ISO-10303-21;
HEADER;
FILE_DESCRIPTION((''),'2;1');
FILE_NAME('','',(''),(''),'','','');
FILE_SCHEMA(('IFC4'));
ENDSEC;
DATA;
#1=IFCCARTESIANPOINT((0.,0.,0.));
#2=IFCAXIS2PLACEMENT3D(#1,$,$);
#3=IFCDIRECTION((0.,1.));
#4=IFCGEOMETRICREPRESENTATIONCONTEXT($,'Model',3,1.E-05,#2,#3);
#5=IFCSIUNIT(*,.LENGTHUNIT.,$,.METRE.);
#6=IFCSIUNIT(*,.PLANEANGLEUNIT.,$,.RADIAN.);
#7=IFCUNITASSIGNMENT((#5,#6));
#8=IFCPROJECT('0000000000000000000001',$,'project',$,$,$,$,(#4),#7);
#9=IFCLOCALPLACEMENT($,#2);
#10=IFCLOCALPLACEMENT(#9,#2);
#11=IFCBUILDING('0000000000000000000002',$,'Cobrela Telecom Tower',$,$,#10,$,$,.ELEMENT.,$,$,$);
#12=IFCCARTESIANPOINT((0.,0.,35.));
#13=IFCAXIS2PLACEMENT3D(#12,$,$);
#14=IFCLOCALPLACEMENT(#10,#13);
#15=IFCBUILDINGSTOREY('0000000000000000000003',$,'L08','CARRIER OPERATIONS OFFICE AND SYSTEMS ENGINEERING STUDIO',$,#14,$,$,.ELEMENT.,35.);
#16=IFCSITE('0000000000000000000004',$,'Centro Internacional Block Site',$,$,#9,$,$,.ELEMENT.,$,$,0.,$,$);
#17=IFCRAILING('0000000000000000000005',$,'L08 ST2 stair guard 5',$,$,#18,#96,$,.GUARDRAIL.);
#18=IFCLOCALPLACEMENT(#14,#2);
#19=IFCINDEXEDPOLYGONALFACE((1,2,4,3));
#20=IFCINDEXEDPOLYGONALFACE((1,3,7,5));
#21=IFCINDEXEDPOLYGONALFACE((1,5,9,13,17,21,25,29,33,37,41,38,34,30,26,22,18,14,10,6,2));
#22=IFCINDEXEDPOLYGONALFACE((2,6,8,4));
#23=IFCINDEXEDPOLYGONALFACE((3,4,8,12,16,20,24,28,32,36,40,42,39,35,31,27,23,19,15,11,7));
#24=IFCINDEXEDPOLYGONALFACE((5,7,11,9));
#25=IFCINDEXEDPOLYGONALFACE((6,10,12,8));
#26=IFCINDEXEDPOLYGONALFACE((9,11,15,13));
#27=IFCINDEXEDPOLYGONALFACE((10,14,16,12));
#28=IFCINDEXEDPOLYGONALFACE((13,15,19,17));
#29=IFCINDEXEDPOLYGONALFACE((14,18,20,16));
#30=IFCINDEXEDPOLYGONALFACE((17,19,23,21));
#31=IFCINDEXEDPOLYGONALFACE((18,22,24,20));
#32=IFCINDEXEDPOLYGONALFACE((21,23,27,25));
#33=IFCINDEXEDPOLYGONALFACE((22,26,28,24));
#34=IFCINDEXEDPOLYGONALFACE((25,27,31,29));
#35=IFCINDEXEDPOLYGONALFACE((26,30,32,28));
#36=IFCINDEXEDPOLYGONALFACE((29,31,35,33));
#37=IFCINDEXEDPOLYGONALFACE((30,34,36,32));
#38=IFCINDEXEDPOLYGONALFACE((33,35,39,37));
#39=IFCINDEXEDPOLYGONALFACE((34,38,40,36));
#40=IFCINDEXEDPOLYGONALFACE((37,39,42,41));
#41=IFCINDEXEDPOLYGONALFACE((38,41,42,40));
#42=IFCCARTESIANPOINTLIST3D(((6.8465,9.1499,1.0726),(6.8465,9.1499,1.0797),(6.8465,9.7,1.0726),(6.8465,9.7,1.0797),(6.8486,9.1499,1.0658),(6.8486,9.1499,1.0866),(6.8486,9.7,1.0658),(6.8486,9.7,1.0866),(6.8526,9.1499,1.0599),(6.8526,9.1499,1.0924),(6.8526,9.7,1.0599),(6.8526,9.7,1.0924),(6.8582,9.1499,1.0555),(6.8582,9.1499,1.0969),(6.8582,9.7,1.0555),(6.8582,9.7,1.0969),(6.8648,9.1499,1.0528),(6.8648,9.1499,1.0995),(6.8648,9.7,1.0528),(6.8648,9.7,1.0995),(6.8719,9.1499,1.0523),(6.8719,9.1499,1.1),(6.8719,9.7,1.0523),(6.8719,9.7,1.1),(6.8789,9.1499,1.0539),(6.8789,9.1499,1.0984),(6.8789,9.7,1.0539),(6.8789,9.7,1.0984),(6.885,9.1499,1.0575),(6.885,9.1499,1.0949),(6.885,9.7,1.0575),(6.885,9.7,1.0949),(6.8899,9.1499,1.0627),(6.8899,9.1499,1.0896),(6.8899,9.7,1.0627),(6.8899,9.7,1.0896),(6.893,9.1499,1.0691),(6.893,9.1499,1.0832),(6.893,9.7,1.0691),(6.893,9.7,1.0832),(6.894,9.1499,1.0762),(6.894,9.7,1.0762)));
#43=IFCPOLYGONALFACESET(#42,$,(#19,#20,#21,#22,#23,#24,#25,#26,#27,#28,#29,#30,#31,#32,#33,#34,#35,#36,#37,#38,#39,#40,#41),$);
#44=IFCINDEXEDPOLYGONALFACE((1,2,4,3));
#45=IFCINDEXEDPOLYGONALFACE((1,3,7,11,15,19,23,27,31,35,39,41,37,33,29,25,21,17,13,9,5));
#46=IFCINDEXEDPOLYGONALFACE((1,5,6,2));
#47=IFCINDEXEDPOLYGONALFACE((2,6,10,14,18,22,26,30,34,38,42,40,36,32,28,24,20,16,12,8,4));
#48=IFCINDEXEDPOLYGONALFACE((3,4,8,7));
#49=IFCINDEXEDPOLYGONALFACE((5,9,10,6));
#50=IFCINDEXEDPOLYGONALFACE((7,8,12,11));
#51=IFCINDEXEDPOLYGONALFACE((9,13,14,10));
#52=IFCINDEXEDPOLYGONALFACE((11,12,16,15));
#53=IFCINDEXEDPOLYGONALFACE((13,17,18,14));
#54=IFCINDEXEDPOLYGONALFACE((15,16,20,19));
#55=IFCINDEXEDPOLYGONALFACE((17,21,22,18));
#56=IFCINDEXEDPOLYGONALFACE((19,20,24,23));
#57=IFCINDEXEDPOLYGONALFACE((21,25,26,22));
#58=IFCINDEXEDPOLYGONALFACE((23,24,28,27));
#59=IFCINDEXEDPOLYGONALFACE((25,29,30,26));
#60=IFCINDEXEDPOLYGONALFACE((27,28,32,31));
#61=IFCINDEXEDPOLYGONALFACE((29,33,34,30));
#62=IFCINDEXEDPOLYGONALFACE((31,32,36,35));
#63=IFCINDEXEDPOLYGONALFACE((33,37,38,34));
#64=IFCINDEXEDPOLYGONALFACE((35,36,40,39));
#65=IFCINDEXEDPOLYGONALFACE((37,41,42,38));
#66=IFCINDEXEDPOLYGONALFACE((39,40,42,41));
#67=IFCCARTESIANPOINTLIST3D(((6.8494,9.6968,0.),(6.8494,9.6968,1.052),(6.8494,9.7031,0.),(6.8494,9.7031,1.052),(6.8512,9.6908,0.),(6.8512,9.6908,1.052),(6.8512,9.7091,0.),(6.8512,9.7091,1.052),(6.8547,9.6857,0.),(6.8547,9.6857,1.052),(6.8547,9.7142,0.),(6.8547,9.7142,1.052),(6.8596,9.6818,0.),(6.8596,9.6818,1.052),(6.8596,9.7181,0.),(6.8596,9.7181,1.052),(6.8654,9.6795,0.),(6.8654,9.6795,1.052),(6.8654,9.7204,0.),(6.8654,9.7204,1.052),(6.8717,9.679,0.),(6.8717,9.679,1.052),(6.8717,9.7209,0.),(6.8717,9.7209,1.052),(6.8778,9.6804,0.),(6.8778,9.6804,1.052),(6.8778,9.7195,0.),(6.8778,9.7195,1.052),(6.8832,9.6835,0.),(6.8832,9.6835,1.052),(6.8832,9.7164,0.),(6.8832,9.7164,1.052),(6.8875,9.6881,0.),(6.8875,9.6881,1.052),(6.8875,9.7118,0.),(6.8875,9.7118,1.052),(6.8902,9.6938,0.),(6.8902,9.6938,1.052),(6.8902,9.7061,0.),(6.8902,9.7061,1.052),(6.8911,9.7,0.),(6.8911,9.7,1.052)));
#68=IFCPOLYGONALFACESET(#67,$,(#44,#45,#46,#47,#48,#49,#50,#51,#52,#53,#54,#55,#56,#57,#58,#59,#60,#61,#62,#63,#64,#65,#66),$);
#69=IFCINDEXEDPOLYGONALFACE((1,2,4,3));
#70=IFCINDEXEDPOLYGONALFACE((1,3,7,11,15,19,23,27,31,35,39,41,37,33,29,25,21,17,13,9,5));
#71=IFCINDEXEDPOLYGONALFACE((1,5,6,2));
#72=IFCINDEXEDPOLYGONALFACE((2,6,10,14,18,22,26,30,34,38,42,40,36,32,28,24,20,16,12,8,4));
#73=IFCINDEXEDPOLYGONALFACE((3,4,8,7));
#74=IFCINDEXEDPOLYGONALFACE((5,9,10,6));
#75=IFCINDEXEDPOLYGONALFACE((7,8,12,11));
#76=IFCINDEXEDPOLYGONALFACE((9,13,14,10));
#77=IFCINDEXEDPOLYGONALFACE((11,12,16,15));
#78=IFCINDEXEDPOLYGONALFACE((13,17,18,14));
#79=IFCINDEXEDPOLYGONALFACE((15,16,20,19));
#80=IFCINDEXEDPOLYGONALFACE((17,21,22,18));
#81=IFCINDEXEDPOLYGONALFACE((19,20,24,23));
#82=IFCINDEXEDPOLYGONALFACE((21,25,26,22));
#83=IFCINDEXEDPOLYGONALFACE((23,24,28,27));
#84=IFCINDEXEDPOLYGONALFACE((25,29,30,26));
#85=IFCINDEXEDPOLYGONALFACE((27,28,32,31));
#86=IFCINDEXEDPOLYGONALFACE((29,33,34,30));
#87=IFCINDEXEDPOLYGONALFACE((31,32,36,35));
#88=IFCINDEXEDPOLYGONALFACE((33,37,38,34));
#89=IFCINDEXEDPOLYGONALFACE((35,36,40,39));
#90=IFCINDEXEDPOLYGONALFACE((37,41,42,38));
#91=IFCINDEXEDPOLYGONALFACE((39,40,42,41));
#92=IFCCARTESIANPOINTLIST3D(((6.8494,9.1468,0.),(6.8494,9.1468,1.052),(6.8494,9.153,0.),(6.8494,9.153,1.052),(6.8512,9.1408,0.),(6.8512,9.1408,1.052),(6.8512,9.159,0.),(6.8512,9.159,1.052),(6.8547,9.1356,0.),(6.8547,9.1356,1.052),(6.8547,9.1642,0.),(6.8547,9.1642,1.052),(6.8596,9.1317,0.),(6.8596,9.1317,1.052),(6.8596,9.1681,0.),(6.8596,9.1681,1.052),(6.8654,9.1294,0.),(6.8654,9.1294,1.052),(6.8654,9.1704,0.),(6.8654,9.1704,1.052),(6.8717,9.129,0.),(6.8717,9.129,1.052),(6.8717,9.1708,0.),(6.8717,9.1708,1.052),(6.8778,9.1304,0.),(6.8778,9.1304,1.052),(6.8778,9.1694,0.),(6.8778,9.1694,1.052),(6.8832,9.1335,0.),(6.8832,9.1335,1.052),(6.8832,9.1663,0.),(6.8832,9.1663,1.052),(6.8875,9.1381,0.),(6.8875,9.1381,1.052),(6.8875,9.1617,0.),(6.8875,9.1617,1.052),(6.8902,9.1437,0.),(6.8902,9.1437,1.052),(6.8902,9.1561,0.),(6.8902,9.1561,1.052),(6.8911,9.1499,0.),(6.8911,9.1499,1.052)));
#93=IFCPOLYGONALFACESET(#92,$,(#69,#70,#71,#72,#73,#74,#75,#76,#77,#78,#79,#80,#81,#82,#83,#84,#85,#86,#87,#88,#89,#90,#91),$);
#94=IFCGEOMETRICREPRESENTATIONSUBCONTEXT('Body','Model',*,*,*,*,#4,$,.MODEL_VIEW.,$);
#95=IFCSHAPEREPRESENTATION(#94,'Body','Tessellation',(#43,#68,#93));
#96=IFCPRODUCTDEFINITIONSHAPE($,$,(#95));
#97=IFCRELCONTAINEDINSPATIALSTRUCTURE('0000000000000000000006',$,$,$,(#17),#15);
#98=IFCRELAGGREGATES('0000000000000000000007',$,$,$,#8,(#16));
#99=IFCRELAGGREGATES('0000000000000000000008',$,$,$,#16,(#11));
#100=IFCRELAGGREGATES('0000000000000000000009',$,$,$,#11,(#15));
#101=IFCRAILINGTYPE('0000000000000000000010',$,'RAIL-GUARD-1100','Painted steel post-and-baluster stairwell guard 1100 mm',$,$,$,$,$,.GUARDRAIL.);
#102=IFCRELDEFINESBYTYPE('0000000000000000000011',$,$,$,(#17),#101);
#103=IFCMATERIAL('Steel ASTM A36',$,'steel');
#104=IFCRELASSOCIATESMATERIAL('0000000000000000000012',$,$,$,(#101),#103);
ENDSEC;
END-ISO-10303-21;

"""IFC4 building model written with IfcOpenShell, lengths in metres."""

from ifc_helpers import new_model, si_unit, direction, frame, origin, origin_2d, place, context, subcontext, project, spatial, circle, extrude, material, type_object, element, save


model = new_model("IFC4")

# Units and contexts
model_context = context("Model", 3, precision=1e-05, world=origin(), true_north=direction((0.0, 1.0)))
body_context = subcontext(model_context, "Body", "Model", "MODEL_VIEW")
ifc_project = project(units=[si_unit("LENGTHUNIT", "METRE"), si_unit("PLANEANGLEUNIT", "RADIAN")], contexts=[model_context])

# Site, building, storey
site_placement = place(None, origin())
site = spatial("IfcSite", under=ifc_project, at=site_placement, Name="Centro Internacional Block Site", CompositionType="ELEMENT", RefElevation=0.0)
building_placement = place(site_placement, origin())
building = spatial("IfcBuilding", under=site, at=building_placement, Name="Cobrela Telecom Tower", CompositionType="ELEMENT")
storey_placement = place(building_placement, frame((0.0, 0.0, 35.0)))
storey = spatial("IfcBuildingStorey", under=building, at=storey_placement, Name="L08", Description="CARRIER OPERATIONS OFFICE AND SYSTEMS ENGINEERING STUDIO", CompositionType="ELEMENT", Elevation=35.0)

# Railing
ifc_material_1 = material(Name="Steel ASTM A36", Category="steel")
railing_type_1 = type_object("IfcRailingType", Name="RAIL-GUARD-1100", Description="Painted steel post-and-baluster stairwell guard 1100 mm", PredefinedType="GUARDRAIL", material=ifc_material_1)
railing_1_placement = place(storey_placement, frame((6.8701, 9.7, 0.0)))
element("IfcRailing", 1, at=railing_1_placement, inside=storey, type_object=railing_type_1, Name="L08 ST2 stair guard 5", PredefinedType="GUARDRAIL", context=body_context, shape_type="SweptSolid", body=[
    extrude(circle(Radius=0.0239, at=origin_2d()), frame((0.0, 0.0, 1.0762), z_axis=(0.0, -1.0, 0.0), x_axis=(1.0, 0.0, 0.0)), (0.0, 0.0, 1.0), 0.55),
    extrude(circle(Radius=0.021, at=origin_2d()), origin(), (0.0, 0.0, 1.0), 1.052),
    extrude(circle(Radius=0.021, at=origin_2d()), frame((0.0, -0.55, 0.0)), (0.0, 0.0, 1.0), 1.052),
])

save(model, "model.ifc")
